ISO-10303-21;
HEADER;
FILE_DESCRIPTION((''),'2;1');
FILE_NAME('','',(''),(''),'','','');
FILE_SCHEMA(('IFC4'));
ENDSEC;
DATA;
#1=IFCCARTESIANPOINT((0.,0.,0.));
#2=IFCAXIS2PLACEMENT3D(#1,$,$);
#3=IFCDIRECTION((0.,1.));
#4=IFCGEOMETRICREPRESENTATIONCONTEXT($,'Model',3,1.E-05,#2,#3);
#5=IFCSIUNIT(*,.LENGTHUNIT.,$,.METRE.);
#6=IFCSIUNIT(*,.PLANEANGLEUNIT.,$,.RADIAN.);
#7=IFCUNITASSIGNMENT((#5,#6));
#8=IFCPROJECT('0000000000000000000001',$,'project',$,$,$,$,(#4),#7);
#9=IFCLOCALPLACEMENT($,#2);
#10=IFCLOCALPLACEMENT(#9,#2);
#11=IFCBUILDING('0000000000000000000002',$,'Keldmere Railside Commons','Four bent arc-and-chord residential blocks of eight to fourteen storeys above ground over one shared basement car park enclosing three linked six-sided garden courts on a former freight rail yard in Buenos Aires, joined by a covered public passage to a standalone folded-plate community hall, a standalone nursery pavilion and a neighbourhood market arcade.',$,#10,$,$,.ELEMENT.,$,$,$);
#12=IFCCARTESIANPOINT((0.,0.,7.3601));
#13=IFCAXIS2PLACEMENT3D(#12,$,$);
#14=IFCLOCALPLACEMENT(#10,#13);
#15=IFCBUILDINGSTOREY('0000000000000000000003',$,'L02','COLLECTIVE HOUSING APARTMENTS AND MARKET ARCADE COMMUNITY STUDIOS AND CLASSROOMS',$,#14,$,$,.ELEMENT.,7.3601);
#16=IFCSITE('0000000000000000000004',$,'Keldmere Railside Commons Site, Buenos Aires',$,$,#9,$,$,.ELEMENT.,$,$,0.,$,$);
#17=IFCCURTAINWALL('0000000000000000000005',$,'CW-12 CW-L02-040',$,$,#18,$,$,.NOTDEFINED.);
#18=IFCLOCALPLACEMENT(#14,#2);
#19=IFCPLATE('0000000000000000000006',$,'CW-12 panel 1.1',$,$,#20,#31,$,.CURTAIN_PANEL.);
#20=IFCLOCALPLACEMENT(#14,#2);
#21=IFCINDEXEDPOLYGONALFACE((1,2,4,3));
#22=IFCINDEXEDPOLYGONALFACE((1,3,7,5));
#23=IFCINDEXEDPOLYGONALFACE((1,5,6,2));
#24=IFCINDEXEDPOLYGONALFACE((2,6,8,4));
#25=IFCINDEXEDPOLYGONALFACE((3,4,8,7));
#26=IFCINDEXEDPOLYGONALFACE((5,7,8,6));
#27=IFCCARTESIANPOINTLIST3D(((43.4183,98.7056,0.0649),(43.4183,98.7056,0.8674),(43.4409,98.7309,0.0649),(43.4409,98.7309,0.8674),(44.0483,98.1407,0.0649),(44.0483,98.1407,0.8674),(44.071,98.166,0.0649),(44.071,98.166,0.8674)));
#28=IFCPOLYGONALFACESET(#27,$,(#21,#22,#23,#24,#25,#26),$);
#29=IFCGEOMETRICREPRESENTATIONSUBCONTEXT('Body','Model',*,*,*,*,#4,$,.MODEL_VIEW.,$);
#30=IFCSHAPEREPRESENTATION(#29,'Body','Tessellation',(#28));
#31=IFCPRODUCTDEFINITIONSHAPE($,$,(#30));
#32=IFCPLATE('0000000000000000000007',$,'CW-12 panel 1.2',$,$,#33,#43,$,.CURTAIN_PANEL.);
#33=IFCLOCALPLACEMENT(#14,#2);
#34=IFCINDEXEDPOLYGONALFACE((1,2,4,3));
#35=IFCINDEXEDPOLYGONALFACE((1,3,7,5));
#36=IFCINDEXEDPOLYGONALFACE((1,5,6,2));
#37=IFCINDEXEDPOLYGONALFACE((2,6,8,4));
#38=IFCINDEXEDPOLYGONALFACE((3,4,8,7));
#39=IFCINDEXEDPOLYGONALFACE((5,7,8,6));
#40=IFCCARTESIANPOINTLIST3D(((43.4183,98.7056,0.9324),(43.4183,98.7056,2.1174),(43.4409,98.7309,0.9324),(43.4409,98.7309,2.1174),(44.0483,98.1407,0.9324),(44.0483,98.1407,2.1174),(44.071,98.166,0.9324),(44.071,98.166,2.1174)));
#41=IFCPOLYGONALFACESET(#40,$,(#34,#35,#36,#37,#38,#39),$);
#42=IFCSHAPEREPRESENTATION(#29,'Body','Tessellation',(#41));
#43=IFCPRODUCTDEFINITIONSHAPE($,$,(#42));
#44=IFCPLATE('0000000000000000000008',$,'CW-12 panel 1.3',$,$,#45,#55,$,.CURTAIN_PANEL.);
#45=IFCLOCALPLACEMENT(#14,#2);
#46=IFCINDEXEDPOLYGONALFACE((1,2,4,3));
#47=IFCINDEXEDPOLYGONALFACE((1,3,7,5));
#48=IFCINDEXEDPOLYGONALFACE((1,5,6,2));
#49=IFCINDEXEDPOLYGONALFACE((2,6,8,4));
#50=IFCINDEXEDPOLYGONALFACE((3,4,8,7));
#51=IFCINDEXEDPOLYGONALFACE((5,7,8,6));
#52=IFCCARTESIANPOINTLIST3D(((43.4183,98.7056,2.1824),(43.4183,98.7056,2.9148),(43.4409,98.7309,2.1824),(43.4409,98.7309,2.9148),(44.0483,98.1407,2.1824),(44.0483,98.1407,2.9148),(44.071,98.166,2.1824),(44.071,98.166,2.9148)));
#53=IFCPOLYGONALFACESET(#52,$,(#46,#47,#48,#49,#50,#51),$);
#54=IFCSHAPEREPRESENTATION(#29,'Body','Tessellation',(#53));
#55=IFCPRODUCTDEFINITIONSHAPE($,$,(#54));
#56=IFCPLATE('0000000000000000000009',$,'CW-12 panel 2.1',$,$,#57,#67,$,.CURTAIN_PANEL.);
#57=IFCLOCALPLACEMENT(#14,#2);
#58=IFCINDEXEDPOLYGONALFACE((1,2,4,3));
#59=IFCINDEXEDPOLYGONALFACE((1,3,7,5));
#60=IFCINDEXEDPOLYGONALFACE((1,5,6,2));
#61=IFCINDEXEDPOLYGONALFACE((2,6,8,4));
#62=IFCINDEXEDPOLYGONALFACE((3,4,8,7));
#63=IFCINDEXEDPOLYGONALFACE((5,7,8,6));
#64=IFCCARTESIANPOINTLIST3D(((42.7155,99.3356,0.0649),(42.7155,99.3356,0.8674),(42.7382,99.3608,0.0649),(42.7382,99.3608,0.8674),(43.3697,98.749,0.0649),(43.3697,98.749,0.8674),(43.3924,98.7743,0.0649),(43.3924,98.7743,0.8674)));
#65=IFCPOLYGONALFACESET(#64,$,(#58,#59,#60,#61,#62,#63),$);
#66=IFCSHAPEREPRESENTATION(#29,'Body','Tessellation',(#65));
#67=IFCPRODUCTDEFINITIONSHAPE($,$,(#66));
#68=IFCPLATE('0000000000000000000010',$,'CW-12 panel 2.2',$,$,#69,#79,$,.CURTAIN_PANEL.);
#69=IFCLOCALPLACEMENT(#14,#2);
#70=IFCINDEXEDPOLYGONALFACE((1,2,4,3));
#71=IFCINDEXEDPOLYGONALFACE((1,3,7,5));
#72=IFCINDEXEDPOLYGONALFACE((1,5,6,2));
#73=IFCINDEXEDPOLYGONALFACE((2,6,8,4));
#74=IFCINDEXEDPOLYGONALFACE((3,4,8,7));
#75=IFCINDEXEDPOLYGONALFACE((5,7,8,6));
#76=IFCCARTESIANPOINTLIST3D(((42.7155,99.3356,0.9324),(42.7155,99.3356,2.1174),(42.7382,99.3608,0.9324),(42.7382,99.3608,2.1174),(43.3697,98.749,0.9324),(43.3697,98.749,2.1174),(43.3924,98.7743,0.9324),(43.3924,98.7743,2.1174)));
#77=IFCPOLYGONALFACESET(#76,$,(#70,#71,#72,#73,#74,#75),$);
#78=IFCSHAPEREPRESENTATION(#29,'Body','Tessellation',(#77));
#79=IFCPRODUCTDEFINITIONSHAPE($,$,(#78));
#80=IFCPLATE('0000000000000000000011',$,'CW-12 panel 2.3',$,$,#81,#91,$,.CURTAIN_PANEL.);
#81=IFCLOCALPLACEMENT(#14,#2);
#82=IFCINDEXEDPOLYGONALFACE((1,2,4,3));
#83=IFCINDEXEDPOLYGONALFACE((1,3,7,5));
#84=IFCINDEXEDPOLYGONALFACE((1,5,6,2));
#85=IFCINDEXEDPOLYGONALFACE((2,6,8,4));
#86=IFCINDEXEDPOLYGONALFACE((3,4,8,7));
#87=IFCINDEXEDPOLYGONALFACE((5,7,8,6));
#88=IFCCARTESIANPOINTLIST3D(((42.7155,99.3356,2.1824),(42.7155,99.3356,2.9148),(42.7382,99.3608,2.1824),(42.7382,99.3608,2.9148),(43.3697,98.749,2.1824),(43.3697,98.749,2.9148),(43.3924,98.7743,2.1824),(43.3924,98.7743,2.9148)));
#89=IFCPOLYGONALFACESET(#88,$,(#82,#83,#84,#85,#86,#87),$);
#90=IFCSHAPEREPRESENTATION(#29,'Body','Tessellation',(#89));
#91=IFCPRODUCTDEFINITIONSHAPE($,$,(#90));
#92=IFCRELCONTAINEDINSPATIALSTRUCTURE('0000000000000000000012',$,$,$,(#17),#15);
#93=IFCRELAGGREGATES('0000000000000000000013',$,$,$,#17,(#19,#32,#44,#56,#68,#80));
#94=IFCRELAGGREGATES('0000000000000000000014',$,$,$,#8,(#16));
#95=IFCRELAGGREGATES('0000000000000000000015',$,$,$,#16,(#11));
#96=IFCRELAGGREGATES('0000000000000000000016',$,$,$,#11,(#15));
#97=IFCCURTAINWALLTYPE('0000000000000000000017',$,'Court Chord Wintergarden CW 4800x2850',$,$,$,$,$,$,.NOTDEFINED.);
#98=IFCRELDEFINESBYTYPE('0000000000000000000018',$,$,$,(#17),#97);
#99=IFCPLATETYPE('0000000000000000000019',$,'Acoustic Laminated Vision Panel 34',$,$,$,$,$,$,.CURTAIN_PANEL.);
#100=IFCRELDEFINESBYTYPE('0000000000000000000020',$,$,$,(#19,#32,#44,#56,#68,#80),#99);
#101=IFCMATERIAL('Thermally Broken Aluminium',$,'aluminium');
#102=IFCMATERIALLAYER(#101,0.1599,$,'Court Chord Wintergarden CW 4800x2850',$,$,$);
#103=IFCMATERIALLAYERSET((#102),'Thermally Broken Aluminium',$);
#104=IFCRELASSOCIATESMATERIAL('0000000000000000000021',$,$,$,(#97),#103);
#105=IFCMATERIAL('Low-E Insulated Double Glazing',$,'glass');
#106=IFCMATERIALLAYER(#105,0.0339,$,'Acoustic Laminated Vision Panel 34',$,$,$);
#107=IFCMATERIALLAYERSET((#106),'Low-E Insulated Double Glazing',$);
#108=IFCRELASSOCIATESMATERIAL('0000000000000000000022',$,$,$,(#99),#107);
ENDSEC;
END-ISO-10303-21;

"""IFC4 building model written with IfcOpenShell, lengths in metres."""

from ifc_helpers import new_model, si_unit, direction, frame, origin, origin_2d, place, context, subcontext, project, spatial, rectangle, extrude, material, layer, layer_set, type_object, element, aggregate, save


model = new_model("IFC4")

# Units and contexts
model_context = context("Model", 3, precision=1e-05, world=origin(), true_north=direction((0.0, 1.0)))
body_context = subcontext(model_context, "Body", "Model", "MODEL_VIEW")
ifc_project = project(units=[si_unit("LENGTHUNIT", "METRE"), si_unit("PLANEANGLEUNIT", "RADIAN")], contexts=[model_context])

# Site, building, storey
site_placement = place(None, origin())
site = spatial("IfcSite", under=ifc_project, at=site_placement, Name="Keldmere Railside Commons Site, Buenos Aires", CompositionType="ELEMENT", RefElevation=0.0)
building_placement = place(site_placement, origin())
building = spatial("IfcBuilding", under=site, at=building_placement, Name="Keldmere Railside Commons", Description="Four bent arc-and-chord residential blocks of eight to fourteen storeys above ground over one shared basement car park enclosing three linked six-sided garden courts on a former freight rail yard in Buenos Aires, joined by a covered public passage to a standalone folded-plate community hall, a standalone nursery pavilion and a neighbourhood market arcade.", CompositionType="ELEMENT")
storey_placement = place(building_placement, frame((0.0, 0.0, 7.3601)))
storey = spatial("IfcBuildingStorey", under=building, at=storey_placement, Name="L02", Description="COLLECTIVE HOUSING APARTMENTS AND MARKET ARCADE COMMUNITY STUDIOS AND CLASSROOMS", CompositionType="ELEMENT", Elevation=7.3601)

# Curtain wall, plates
ifc_material_1 = material(Name="Thermally Broken Aluminium", Category="aluminium")
ifc_layer_1 = layer(ifc_material_1, 0.1599, Name="Court Chord Wintergarden CW 4800x2850")
ifc_layer_set_1 = layer_set([ifc_layer_1], Name="Thermally Broken Aluminium")
curtain_wall_type = type_object("IfcCurtainWallType", Name="Court Chord Wintergarden CW 4800x2850", PredefinedType="NOTDEFINED", material=ifc_layer_set_1)
curtain_wall_placement = place(storey_placement, origin())
curtain_wall = element("IfcCurtainWall", 1, at=curtain_wall_placement, inside=storey, type_object=curtain_wall_type, Name="CW-12 CW-L02-040", PredefinedType="NOTDEFINED")
ifc_material_2 = material(Name="Low-E Insulated Double Glazing", Category="glass")
ifc_layer_2 = layer(ifc_material_2, 0.0339, Name="Acoustic Laminated Vision Panel 34")
ifc_layer_set_2 = layer_set([ifc_layer_2], Name="Low-E Insulated Double Glazing")
plate_type = type_object("IfcPlateType", Name="Acoustic Laminated Vision Panel 34", PredefinedType="CURTAIN_PANEL", material=ifc_layer_set_2)
plate_1_placement = place(storey_placement, frame((43.7446, 98.4358, 0.0649), z_axis=(0.0, 0.0, 1.0), x_axis=(-0.744557, 0.667559, 0.0)))
plate_1 = element("IfcPlate", 2, at=plate_1_placement, type_object=plate_type, Name="CW-12 panel 1.1", PredefinedType="CURTAIN_PANEL", context=body_context, shape_type="SweptSolid", body=[
    extrude(rectangle(XDim=0.8462, YDim=0.0339, at=origin_2d()), origin(), (0.0, 0.0, 1.0), 0.8025),
])
plate_2_placement = place(storey_placement, frame((43.7446, 98.4358, 0.9324), z_axis=(0.0, 0.0, 1.0), x_axis=(-0.744557, 0.667559, 0.0)))
plate_2 = element("IfcPlate", 3, at=plate_2_placement, type_object=plate_type, Name="CW-12 panel 1.2", PredefinedType="CURTAIN_PANEL", context=body_context, shape_type="SweptSolid", body=[
    extrude(rectangle(XDim=0.8462, YDim=0.0339, at=origin_2d()), origin(), (0.0, 0.0, 1.0), 1.1851),
])
plate_3_placement = place(storey_placement, frame((43.7446, 98.4358, 2.1824), z_axis=(0.0, 0.0, 1.0), x_axis=(-0.744557, 0.667559, 0.0)))
plate_3 = element("IfcPlate", 4, at=plate_3_placement, type_object=plate_type, Name="CW-12 panel 1.3", PredefinedType="CURTAIN_PANEL", context=body_context, shape_type="SweptSolid", body=[
    extrude(rectangle(XDim=0.8462, YDim=0.0339, at=origin_2d()), origin(), (0.0, 0.0, 1.0), 0.7324),
])
plate_4_placement = place(storey_placement, frame((43.054, 99.0549, 0.0649), z_axis=(0.0, 0.0, 1.0), x_axis=(-0.744557, 0.667559, 0.0)))
plate_4 = element("IfcPlate", 5, at=plate_4_placement, type_object=plate_type, Name="CW-12 panel 2.1", PredefinedType="CURTAIN_PANEL", context=body_context, shape_type="SweptSolid", body=[
    extrude(rectangle(XDim=0.8787, YDim=0.0339, at=origin_2d()), origin(), (0.0, 0.0, 1.0), 0.8025),
])
plate_5_placement = place(storey_placement, frame((43.054, 99.0549, 0.9324), z_axis=(0.0, 0.0, 1.0), x_axis=(-0.744557, 0.667559, 0.0)))
plate_5 = element("IfcPlate", 6, at=plate_5_placement, type_object=plate_type, Name="CW-12 panel 2.2", PredefinedType="CURTAIN_PANEL", context=body_context, shape_type="SweptSolid", body=[
    extrude(rectangle(XDim=0.8787, YDim=0.0339, at=origin_2d()), origin(), (0.0, 0.0, 1.0), 1.1851),
])
plate_6_placement = place(storey_placement, frame((43.054, 99.0549, 2.1824), z_axis=(0.0, 0.0, 1.0), x_axis=(-0.744557, 0.667559, 0.0)))
plate_6 = element("IfcPlate", 7, at=plate_6_placement, type_object=plate_type, Name="CW-12 panel 2.3", PredefinedType="CURTAIN_PANEL", context=body_context, shape_type="SweptSolid", body=[
    extrude(rectangle(XDim=0.8787, YDim=0.0339, at=origin_2d()), origin(), (0.0, 0.0, 1.0), 0.7324),
])
aggregate(curtain_wall, [plate_1, plate_2, plate_3, plate_4, plate_5, plate_6])

save(model, "model.ifc")
